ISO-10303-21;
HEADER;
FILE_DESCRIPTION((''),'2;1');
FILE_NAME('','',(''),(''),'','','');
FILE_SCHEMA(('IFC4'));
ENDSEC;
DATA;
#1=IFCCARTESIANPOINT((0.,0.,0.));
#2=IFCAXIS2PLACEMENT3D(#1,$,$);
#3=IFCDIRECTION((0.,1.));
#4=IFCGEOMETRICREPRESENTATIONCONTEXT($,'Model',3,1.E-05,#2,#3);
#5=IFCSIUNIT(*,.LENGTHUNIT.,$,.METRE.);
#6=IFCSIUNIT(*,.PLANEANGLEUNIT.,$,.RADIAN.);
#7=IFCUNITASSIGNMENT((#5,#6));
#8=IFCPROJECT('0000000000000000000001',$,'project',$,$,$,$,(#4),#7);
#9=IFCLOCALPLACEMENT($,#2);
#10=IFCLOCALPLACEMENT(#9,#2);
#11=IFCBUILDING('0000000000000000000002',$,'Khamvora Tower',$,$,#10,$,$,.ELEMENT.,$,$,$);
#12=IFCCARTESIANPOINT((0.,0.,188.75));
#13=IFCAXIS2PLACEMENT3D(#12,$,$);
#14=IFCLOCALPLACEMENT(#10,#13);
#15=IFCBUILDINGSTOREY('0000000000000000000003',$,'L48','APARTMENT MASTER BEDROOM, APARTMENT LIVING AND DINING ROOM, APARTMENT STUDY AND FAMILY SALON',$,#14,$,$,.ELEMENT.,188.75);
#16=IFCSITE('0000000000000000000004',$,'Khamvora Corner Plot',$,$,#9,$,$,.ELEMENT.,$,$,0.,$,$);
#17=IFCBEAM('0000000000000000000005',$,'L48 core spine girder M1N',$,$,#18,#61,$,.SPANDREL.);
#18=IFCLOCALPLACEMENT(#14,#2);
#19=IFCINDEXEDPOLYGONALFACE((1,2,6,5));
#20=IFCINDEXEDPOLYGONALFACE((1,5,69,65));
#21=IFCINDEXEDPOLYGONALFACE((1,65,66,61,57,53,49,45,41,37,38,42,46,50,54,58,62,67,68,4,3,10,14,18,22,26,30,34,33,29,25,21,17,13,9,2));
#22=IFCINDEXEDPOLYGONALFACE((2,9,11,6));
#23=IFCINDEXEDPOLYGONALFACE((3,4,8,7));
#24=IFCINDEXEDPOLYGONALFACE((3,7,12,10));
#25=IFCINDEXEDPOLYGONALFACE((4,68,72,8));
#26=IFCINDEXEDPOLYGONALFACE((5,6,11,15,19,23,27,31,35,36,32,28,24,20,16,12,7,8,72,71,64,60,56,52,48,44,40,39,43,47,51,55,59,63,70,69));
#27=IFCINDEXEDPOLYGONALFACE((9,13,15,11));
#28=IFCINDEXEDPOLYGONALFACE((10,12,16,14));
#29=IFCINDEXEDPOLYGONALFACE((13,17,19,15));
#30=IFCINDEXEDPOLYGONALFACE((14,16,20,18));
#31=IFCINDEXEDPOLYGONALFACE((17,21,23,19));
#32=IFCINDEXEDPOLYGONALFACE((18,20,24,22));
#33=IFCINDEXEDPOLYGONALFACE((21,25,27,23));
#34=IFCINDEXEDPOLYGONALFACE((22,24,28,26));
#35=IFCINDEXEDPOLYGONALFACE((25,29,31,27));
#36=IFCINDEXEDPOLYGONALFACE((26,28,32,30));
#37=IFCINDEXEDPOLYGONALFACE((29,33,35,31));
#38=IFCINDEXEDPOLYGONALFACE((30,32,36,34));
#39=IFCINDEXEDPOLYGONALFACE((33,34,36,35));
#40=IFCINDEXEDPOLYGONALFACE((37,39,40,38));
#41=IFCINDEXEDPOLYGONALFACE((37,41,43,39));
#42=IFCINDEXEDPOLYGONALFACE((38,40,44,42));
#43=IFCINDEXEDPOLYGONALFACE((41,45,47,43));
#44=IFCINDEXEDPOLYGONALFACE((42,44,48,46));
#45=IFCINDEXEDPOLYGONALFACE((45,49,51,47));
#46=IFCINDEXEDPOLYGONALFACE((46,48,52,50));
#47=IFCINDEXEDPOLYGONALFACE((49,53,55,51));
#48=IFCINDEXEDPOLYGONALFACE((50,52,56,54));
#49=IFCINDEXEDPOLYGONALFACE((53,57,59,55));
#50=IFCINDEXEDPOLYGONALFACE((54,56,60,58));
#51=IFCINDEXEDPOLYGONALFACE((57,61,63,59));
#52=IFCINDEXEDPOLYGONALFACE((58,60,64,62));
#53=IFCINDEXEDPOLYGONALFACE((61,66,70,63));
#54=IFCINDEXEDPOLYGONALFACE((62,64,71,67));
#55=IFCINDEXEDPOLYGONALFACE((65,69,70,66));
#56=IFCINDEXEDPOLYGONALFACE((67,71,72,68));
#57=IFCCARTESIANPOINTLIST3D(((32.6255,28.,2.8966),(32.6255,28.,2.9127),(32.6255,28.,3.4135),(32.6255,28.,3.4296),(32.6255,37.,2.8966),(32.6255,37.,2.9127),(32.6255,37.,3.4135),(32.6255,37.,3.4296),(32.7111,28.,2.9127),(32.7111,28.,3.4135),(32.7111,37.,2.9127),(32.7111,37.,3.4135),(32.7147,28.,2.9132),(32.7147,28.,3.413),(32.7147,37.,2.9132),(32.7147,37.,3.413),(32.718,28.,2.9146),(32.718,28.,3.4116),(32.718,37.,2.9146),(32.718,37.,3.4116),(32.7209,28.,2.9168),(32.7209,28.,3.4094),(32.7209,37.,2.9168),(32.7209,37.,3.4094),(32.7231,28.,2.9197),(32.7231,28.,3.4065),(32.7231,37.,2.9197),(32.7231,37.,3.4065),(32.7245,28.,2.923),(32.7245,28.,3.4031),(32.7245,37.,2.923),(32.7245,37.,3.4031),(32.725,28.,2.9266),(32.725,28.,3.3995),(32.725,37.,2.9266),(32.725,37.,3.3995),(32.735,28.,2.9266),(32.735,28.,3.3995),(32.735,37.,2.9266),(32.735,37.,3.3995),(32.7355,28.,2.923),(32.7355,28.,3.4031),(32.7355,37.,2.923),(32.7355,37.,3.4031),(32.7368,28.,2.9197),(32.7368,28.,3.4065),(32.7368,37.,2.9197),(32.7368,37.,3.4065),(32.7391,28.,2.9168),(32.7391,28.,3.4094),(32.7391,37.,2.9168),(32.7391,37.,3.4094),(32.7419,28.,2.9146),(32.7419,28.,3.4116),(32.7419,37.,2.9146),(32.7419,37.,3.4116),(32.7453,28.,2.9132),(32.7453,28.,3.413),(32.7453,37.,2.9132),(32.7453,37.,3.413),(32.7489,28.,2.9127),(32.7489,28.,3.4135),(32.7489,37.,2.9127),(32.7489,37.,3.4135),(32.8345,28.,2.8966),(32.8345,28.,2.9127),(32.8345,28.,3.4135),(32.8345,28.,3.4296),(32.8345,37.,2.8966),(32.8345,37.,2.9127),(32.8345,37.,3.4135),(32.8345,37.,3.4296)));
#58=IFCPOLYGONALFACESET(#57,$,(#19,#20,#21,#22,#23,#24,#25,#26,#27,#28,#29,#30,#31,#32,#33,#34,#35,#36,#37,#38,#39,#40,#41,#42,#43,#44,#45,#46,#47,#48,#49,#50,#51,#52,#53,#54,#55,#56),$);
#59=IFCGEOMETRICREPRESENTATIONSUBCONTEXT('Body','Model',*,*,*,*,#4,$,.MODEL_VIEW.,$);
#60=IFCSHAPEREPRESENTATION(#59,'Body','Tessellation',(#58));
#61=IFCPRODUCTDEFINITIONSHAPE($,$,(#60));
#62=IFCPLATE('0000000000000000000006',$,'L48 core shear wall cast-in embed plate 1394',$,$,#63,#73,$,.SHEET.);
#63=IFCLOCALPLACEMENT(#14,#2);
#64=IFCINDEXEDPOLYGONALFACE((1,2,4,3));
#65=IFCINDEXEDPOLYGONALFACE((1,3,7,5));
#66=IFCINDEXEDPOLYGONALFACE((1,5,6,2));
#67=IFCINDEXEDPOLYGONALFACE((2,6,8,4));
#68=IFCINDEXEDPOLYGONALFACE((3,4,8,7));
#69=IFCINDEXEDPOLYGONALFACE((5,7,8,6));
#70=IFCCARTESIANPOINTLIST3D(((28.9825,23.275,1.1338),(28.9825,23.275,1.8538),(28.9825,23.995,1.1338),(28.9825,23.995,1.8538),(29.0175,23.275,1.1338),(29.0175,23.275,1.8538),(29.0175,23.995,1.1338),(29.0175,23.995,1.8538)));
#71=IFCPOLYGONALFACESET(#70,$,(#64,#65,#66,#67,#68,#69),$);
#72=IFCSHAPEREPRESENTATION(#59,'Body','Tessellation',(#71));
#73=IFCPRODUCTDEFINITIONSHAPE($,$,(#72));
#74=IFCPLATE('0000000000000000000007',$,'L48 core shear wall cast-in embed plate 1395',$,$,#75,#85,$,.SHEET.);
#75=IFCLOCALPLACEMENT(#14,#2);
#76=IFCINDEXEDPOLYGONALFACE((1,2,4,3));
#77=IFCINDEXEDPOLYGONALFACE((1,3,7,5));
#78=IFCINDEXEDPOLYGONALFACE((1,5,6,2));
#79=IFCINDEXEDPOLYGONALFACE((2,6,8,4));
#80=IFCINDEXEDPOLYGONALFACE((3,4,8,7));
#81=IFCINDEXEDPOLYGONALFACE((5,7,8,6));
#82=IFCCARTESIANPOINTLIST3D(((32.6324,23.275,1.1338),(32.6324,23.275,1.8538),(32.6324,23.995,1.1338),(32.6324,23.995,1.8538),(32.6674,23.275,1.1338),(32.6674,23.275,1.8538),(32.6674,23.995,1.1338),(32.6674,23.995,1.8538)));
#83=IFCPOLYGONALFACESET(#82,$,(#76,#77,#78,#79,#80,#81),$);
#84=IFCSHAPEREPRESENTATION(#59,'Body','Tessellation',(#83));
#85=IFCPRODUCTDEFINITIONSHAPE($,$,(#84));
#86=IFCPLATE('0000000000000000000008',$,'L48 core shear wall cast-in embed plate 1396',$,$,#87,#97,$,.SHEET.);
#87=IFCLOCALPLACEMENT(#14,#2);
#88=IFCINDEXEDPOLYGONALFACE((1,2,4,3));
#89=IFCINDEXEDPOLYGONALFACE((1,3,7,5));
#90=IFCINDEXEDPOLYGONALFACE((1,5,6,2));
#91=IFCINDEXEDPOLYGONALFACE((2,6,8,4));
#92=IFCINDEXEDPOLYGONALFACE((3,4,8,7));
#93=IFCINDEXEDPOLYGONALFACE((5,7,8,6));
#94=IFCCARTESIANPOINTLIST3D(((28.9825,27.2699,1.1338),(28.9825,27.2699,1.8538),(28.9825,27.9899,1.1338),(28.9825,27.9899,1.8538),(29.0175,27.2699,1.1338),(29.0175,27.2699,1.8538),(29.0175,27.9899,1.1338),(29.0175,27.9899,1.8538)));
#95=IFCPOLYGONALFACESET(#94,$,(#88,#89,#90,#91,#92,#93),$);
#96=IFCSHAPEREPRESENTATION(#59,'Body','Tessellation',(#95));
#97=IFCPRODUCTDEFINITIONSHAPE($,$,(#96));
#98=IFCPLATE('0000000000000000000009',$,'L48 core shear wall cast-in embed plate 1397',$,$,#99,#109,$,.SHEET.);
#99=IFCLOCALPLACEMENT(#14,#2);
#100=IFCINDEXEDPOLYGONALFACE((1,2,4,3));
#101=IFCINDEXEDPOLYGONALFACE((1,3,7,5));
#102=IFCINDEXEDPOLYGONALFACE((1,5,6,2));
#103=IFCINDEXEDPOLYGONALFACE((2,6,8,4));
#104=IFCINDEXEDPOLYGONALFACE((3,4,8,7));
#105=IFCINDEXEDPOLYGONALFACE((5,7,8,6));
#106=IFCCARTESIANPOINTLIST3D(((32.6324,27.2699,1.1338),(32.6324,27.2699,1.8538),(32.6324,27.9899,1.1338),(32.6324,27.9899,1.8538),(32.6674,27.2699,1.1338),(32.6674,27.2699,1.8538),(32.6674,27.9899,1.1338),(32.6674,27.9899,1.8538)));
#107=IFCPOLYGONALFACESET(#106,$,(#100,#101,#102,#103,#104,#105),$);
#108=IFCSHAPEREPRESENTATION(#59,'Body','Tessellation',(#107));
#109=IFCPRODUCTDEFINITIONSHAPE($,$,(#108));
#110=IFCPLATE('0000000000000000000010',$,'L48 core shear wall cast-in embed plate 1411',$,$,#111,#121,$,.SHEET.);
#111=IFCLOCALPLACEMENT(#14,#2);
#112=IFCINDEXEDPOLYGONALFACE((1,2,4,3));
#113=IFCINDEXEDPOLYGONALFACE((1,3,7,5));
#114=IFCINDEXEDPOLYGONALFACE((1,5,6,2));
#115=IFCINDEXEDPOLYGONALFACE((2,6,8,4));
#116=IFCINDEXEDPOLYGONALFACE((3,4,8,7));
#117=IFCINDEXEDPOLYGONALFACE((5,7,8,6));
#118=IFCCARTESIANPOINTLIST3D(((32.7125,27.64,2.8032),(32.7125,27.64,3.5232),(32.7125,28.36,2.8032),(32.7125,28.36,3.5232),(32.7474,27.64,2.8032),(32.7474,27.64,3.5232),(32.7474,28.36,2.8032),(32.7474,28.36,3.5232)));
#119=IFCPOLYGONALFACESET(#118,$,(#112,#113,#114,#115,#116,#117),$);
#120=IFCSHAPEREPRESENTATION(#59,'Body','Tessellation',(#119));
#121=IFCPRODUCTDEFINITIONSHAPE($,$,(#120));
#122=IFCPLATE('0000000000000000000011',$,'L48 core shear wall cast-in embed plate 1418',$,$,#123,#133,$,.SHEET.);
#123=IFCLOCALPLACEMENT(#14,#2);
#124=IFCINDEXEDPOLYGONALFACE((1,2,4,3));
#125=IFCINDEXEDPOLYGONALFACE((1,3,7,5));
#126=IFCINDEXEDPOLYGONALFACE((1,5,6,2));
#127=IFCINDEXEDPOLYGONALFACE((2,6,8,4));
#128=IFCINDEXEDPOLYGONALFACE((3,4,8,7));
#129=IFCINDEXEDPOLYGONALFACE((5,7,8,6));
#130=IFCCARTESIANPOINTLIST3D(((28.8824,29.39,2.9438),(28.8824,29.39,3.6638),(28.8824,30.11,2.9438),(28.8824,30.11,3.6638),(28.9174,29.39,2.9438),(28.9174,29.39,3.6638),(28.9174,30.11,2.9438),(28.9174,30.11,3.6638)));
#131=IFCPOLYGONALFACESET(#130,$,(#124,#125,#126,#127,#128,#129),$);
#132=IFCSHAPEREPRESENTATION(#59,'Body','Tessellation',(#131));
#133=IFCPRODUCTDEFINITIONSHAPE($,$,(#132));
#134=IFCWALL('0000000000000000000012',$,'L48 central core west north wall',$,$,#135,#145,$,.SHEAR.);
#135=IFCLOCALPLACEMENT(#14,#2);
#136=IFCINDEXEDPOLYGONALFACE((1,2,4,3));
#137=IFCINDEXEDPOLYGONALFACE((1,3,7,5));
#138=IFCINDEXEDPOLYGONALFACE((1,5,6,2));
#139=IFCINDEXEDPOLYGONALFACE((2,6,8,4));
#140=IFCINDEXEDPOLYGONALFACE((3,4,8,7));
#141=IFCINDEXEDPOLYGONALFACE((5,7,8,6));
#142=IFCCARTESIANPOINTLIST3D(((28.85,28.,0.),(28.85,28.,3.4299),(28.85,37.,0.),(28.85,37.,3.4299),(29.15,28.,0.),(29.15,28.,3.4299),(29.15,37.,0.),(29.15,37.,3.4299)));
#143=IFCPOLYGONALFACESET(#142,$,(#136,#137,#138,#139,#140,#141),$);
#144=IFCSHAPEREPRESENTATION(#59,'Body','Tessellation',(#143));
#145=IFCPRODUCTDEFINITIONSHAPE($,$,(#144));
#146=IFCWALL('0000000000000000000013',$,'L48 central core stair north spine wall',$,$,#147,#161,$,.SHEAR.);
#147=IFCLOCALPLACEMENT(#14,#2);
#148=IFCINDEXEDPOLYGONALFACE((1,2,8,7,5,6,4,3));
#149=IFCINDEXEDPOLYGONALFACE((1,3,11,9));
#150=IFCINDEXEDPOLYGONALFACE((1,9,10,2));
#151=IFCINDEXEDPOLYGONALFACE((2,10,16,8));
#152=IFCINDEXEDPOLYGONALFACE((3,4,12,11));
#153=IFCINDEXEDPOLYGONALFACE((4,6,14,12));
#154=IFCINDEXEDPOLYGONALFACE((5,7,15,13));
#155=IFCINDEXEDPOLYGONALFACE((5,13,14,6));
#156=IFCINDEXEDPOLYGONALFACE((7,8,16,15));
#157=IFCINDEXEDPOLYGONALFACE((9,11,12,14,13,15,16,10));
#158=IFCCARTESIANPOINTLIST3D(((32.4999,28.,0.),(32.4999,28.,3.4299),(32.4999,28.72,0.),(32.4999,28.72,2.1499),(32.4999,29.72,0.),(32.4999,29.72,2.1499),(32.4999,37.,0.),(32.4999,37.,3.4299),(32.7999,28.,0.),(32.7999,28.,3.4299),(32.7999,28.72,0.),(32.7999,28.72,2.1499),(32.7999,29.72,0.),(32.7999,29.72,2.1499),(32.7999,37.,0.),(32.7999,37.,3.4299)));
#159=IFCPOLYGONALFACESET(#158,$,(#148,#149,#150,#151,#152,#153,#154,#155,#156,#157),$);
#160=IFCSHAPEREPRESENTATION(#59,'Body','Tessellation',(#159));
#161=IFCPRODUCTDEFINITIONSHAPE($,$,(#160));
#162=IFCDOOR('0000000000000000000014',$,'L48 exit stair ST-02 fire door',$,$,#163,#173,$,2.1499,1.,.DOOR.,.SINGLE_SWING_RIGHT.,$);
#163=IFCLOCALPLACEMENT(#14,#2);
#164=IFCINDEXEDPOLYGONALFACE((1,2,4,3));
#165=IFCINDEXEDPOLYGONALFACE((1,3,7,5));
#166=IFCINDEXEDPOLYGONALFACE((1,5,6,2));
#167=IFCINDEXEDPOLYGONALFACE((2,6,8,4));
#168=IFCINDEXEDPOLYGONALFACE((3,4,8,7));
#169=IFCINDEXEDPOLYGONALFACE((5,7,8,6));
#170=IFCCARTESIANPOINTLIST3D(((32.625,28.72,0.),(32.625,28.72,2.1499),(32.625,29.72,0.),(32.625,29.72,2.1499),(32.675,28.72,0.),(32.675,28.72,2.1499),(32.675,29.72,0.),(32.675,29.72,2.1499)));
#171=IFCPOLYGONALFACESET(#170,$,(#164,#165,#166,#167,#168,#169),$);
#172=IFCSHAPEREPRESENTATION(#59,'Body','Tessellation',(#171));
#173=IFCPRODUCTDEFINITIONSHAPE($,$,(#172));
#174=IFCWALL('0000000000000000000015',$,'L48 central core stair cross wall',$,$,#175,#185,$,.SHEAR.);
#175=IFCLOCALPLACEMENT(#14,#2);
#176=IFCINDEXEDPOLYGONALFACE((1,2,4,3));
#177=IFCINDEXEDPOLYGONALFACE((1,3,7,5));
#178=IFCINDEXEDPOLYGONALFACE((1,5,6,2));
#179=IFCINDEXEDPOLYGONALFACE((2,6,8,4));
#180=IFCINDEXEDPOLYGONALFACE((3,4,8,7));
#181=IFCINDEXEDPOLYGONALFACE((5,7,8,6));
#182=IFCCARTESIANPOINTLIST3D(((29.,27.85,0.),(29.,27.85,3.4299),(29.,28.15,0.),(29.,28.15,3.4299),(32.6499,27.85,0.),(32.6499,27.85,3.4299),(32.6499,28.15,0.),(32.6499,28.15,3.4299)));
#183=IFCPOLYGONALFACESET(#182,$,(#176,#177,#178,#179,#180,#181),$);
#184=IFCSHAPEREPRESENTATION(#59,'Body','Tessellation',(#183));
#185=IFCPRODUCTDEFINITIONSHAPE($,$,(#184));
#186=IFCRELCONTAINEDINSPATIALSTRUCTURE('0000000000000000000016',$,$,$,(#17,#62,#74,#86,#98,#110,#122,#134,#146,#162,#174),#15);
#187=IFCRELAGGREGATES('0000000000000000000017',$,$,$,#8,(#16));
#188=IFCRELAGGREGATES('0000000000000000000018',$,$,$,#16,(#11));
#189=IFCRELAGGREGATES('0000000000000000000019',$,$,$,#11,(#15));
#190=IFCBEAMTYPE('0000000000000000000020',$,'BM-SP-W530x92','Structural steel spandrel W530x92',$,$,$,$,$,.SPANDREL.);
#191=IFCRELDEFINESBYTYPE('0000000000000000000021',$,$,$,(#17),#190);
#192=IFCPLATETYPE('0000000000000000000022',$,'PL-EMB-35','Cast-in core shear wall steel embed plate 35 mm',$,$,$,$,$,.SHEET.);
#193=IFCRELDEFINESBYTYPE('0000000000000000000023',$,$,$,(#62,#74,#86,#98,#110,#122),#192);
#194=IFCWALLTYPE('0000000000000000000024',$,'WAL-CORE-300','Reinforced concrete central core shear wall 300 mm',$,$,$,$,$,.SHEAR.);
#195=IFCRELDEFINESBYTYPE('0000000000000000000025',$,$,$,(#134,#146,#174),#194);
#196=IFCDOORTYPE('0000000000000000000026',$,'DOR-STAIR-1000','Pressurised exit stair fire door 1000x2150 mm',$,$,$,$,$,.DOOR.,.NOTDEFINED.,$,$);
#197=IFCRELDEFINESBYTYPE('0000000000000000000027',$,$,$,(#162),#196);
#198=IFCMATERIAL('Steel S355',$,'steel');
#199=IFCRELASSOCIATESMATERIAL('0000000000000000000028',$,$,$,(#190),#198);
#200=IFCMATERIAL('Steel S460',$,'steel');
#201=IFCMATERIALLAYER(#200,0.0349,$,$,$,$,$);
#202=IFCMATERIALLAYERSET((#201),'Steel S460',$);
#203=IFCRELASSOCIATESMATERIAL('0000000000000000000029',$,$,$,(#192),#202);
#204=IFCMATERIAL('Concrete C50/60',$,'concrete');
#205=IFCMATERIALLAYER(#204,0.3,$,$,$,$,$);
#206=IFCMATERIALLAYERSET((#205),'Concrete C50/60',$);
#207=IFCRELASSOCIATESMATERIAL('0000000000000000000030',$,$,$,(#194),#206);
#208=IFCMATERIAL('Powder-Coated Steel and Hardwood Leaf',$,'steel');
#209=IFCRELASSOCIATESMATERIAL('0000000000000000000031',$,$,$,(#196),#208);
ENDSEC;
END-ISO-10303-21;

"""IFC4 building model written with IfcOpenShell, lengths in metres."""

from ifc_helpers import new_model, si_unit, direction, frame, frame_2d, origin, origin_2d, place, context, subcontext, project, spatial, rectangle, i_section, extrude, material, layer, layer_set, material_profile, profile_set, type_object, element, fill, save


model = new_model("IFC4")

# Units and contexts
model_context = context("Model", 3, precision=1e-05, world=origin(), true_north=direction((0.0, 1.0)))
body_context = subcontext(model_context, "Body", "Model", "MODEL_VIEW")
ifc_project = project(units=[si_unit("LENGTHUNIT", "METRE"), si_unit("PLANEANGLEUNIT", "RADIAN")], contexts=[model_context])

# Site, building, storey
site_placement = place(None, origin())
site = spatial("IfcSite", under=ifc_project, at=site_placement, Name="Khamvora Corner Plot", CompositionType="ELEMENT", RefElevation=0.0)
building_placement = place(site_placement, origin())
building = spatial("IfcBuilding", under=site, at=building_placement, Name="Khamvora Tower", CompositionType="ELEMENT")
storey_placement = place(building_placement, frame((0.0, 0.0, 188.75)))
storey = spatial("IfcBuildingStorey", under=building, at=storey_placement, Name="L48", Description="APARTMENT MASTER BEDROOM, APARTMENT LIVING AND DINING ROOM, APARTMENT STUDY AND FAMILY SALON", CompositionType="ELEMENT", Elevation=188.75)

# Shared definitions
ifc_material_1 = material(Name="Steel S460", Category="steel")

# Beam
ifc_material_2 = material(Name="Steel S355", Category="steel")
ifc_material_profile_1 = material_profile(ifc_material_2, i_section(OverallWidth=0.209, OverallDepth=0.533, WebThickness=0.01, FlangeThickness=0.0161, FilletRadius=0.0139, at=origin_2d()), Name="W530x92")
ifc_profile_set_1 = profile_set([ifc_material_profile_1], Name="Steel S355")
beam_type_1 = type_object("IfcBeamType", Name="BM-SP-W530x92", Description="Structural steel spandrel W530x92", PredefinedType="SPANDREL", material=ifc_profile_set_1)
beam_1_placement = place(storey_placement, frame((32.73, 28.0, 3.1631), z_axis=(0.0, 1.0, 0.0), x_axis=(-1.0, 0.0, 0.0)))
element("IfcBeam", 1, at=beam_1_placement, inside=storey, type_object=beam_type_1, Name="L48 core spine girder M1N", PredefinedType="SPANDREL", context=body_context, shape_type="SweptSolid", body=[
    extrude(i_section(OverallWidth=0.209, OverallDepth=0.533, WebThickness=0.01, FlangeThickness=0.0161, FilletRadius=0.0139, at=origin_2d()), origin(), (0.0, 0.0, 1.0), 9.0),
])

# Plates
ifc_layer_1 = layer(ifc_material_1, 0.0349)
ifc_layer_set_1 = layer_set([ifc_layer_1], Name="Steel S460")
plate_type = type_object("IfcPlateType", Name="PL-EMB-35", Description="Cast-in core shear wall steel embed plate 35 mm", PredefinedType="SHEET", material=ifc_layer_set_1)
for number, where, z_axis, x_axis, name in (
    (2, (29.0, 23.635, 1.1338), (0.0, 0.0, 1.0), (1.0, 0.0, 0.0), "L48 core shear wall cast-in embed plate 1394"),
    (3, (32.6499, 23.635, 1.1338), (0.0, 0.0, 1.0), (1.0, 0.0, 0.0), "L48 core shear wall cast-in embed plate 1395"),
    (4, (29.0, 27.6299, 1.1338), (0.0, 0.0, 1.0), (1.0, 0.0, 0.0), "L48 core shear wall cast-in embed plate 1396"),
    (5, (32.6499, 27.6299, 1.1338), (0.0, 0.0, 1.0), (1.0, 0.0, 0.0), "L48 core shear wall cast-in embed plate 1397"),
    (6, (32.73, 28.0, 2.8032), (0.0, 0.0, 1.0), (1.0, 0.0, 0.0), "L48 core shear wall cast-in embed plate 1411"),
    (7, (28.8999, 29.75, 2.9438), (0.0, 0.0, 1.0), (1.0, 0.0, 0.0), "L48 core shear wall cast-in embed plate 1418"),
):
    element("IfcPlate", number, at=place(storey_placement, frame(where, z_axis=z_axis, x_axis=x_axis)), inside=storey, type_object=plate_type, Name=name, PredefinedType="SHEET", context=body_context, shape_type="SweptSolid", body=[
        extrude(rectangle(XDim=0.0349, YDim=0.72, at=origin_2d()), origin(), (0.0, 0.0, 1.0), 0.72),
    ])

# Wall
ifc_material_3 = material(Name="Concrete C50/60", Category="concrete")
ifc_layer_2 = layer(ifc_material_3, 0.3)
ifc_layer_set_2 = layer_set([ifc_layer_2], Name="Concrete C50/60")
wall_type = type_object("IfcWallType", Name="WAL-CORE-300", Description="Reinforced concrete central core shear wall 300 mm", PredefinedType="SHEAR", material=ifc_layer_set_2)
wall_1_placement = place(storey_placement, frame((29.0, 28.0, 0.0), z_axis=(0.0, 0.0, 1.0), x_axis=(0.0, 1.0, 0.0)))
element("IfcWall", 8, at=wall_1_placement, inside=storey, type_object=wall_type, Name="L48 central core west north wall", PredefinedType="SHEAR", context=body_context, shape_type="SweptSolid", body=[
    extrude(rectangle(XDim=9.0, YDim=0.3, at=frame_2d((4.5, 0.0))), origin(), (0.0, 0.0, 1.0), 3.4299),
])

# Wall, opening, door
wall_2_placement = place(storey_placement, frame((32.6499, 28.0, 0.0), z_axis=(0.0, 0.0, 1.0), x_axis=(0.0, 1.0, 0.0)))
wall_2 = element("IfcWall", 9, at=wall_2_placement, inside=storey, type_object=wall_type, Name="L48 central core stair north spine wall", PredefinedType="SHEAR", context=body_context, shape_type="SweptSolid", body=[
    extrude(rectangle(XDim=9.0, YDim=0.3, at=frame_2d((4.5, 0.0))), origin(), (0.0, 0.0, 1.0), 3.4299),
])
opening_1_placement = place(wall_2_placement, frame((0.72, 0.0, 0.0)))
opening_1 = element("IfcOpeningElement", 10, at=opening_1_placement, cuts=wall_2, PredefinedType="OPENING", context=body_context, shape_type="SweptSolid", body=[
    extrude(rectangle(XDim=1.0, YDim=2.1499, at=frame_2d((0.5, 1.075))), frame((0.0, 0.1599, 0.0), z_axis=(0.0, -1.0, 0.0), x_axis=(1.0, 0.0, 0.0)), (0.0, 0.0, 1.0), 0.3201),
])
ifc_material_4 = material(Name="Powder-Coated Steel and Hardwood Leaf", Category="steel")
door_type_1 = type_object("IfcDoorType", Name="DOR-STAIR-1000", Description="Pressurised exit stair fire door 1000x2150 mm", OperationType="NOTDEFINED", PredefinedType="DOOR", material=ifc_material_4)
door_1_placement = place(opening_1_placement, origin())
door_1 = element("IfcDoor", 11, at=door_1_placement, inside=storey, type_object=door_type_1, Name="L48 exit stair ST-02 fire door", OperationType="SINGLE_SWING_RIGHT", OverallHeight=2.1499, OverallWidth=1.0, PredefinedType="DOOR", context=body_context, shape_type="SweptSolid", body=[
    extrude(rectangle(XDim=1.0, YDim=2.1499, at=frame_2d((0.5, 1.075))), frame((0.0, 0.0249, 0.0), z_axis=(0.0, -1.0, 0.0), x_axis=(1.0, 0.0, 0.0)), (0.0, 0.0, 1.0), 0.05),
])
fill(opening_1, door_1)

# Wall
wall_3_placement = place(storey_placement, frame((29.0, 28.0, 0.0), z_axis=(0.0, 0.0, 1.0), x_axis=(1.0, 0.0, 0.0)))
element("IfcWall", 12, at=wall_3_placement, inside=storey, type_object=wall_type, Name="L48 central core stair cross wall", PredefinedType="SHEAR", context=body_context, shape_type="SweptSolid", body=[
    extrude(rectangle(XDim=3.6499, YDim=0.3, at=frame_2d((1.825, 0.0))), origin(), (0.0, 0.0, 1.0), 3.4299),
])

save(model, "model.ifc")
